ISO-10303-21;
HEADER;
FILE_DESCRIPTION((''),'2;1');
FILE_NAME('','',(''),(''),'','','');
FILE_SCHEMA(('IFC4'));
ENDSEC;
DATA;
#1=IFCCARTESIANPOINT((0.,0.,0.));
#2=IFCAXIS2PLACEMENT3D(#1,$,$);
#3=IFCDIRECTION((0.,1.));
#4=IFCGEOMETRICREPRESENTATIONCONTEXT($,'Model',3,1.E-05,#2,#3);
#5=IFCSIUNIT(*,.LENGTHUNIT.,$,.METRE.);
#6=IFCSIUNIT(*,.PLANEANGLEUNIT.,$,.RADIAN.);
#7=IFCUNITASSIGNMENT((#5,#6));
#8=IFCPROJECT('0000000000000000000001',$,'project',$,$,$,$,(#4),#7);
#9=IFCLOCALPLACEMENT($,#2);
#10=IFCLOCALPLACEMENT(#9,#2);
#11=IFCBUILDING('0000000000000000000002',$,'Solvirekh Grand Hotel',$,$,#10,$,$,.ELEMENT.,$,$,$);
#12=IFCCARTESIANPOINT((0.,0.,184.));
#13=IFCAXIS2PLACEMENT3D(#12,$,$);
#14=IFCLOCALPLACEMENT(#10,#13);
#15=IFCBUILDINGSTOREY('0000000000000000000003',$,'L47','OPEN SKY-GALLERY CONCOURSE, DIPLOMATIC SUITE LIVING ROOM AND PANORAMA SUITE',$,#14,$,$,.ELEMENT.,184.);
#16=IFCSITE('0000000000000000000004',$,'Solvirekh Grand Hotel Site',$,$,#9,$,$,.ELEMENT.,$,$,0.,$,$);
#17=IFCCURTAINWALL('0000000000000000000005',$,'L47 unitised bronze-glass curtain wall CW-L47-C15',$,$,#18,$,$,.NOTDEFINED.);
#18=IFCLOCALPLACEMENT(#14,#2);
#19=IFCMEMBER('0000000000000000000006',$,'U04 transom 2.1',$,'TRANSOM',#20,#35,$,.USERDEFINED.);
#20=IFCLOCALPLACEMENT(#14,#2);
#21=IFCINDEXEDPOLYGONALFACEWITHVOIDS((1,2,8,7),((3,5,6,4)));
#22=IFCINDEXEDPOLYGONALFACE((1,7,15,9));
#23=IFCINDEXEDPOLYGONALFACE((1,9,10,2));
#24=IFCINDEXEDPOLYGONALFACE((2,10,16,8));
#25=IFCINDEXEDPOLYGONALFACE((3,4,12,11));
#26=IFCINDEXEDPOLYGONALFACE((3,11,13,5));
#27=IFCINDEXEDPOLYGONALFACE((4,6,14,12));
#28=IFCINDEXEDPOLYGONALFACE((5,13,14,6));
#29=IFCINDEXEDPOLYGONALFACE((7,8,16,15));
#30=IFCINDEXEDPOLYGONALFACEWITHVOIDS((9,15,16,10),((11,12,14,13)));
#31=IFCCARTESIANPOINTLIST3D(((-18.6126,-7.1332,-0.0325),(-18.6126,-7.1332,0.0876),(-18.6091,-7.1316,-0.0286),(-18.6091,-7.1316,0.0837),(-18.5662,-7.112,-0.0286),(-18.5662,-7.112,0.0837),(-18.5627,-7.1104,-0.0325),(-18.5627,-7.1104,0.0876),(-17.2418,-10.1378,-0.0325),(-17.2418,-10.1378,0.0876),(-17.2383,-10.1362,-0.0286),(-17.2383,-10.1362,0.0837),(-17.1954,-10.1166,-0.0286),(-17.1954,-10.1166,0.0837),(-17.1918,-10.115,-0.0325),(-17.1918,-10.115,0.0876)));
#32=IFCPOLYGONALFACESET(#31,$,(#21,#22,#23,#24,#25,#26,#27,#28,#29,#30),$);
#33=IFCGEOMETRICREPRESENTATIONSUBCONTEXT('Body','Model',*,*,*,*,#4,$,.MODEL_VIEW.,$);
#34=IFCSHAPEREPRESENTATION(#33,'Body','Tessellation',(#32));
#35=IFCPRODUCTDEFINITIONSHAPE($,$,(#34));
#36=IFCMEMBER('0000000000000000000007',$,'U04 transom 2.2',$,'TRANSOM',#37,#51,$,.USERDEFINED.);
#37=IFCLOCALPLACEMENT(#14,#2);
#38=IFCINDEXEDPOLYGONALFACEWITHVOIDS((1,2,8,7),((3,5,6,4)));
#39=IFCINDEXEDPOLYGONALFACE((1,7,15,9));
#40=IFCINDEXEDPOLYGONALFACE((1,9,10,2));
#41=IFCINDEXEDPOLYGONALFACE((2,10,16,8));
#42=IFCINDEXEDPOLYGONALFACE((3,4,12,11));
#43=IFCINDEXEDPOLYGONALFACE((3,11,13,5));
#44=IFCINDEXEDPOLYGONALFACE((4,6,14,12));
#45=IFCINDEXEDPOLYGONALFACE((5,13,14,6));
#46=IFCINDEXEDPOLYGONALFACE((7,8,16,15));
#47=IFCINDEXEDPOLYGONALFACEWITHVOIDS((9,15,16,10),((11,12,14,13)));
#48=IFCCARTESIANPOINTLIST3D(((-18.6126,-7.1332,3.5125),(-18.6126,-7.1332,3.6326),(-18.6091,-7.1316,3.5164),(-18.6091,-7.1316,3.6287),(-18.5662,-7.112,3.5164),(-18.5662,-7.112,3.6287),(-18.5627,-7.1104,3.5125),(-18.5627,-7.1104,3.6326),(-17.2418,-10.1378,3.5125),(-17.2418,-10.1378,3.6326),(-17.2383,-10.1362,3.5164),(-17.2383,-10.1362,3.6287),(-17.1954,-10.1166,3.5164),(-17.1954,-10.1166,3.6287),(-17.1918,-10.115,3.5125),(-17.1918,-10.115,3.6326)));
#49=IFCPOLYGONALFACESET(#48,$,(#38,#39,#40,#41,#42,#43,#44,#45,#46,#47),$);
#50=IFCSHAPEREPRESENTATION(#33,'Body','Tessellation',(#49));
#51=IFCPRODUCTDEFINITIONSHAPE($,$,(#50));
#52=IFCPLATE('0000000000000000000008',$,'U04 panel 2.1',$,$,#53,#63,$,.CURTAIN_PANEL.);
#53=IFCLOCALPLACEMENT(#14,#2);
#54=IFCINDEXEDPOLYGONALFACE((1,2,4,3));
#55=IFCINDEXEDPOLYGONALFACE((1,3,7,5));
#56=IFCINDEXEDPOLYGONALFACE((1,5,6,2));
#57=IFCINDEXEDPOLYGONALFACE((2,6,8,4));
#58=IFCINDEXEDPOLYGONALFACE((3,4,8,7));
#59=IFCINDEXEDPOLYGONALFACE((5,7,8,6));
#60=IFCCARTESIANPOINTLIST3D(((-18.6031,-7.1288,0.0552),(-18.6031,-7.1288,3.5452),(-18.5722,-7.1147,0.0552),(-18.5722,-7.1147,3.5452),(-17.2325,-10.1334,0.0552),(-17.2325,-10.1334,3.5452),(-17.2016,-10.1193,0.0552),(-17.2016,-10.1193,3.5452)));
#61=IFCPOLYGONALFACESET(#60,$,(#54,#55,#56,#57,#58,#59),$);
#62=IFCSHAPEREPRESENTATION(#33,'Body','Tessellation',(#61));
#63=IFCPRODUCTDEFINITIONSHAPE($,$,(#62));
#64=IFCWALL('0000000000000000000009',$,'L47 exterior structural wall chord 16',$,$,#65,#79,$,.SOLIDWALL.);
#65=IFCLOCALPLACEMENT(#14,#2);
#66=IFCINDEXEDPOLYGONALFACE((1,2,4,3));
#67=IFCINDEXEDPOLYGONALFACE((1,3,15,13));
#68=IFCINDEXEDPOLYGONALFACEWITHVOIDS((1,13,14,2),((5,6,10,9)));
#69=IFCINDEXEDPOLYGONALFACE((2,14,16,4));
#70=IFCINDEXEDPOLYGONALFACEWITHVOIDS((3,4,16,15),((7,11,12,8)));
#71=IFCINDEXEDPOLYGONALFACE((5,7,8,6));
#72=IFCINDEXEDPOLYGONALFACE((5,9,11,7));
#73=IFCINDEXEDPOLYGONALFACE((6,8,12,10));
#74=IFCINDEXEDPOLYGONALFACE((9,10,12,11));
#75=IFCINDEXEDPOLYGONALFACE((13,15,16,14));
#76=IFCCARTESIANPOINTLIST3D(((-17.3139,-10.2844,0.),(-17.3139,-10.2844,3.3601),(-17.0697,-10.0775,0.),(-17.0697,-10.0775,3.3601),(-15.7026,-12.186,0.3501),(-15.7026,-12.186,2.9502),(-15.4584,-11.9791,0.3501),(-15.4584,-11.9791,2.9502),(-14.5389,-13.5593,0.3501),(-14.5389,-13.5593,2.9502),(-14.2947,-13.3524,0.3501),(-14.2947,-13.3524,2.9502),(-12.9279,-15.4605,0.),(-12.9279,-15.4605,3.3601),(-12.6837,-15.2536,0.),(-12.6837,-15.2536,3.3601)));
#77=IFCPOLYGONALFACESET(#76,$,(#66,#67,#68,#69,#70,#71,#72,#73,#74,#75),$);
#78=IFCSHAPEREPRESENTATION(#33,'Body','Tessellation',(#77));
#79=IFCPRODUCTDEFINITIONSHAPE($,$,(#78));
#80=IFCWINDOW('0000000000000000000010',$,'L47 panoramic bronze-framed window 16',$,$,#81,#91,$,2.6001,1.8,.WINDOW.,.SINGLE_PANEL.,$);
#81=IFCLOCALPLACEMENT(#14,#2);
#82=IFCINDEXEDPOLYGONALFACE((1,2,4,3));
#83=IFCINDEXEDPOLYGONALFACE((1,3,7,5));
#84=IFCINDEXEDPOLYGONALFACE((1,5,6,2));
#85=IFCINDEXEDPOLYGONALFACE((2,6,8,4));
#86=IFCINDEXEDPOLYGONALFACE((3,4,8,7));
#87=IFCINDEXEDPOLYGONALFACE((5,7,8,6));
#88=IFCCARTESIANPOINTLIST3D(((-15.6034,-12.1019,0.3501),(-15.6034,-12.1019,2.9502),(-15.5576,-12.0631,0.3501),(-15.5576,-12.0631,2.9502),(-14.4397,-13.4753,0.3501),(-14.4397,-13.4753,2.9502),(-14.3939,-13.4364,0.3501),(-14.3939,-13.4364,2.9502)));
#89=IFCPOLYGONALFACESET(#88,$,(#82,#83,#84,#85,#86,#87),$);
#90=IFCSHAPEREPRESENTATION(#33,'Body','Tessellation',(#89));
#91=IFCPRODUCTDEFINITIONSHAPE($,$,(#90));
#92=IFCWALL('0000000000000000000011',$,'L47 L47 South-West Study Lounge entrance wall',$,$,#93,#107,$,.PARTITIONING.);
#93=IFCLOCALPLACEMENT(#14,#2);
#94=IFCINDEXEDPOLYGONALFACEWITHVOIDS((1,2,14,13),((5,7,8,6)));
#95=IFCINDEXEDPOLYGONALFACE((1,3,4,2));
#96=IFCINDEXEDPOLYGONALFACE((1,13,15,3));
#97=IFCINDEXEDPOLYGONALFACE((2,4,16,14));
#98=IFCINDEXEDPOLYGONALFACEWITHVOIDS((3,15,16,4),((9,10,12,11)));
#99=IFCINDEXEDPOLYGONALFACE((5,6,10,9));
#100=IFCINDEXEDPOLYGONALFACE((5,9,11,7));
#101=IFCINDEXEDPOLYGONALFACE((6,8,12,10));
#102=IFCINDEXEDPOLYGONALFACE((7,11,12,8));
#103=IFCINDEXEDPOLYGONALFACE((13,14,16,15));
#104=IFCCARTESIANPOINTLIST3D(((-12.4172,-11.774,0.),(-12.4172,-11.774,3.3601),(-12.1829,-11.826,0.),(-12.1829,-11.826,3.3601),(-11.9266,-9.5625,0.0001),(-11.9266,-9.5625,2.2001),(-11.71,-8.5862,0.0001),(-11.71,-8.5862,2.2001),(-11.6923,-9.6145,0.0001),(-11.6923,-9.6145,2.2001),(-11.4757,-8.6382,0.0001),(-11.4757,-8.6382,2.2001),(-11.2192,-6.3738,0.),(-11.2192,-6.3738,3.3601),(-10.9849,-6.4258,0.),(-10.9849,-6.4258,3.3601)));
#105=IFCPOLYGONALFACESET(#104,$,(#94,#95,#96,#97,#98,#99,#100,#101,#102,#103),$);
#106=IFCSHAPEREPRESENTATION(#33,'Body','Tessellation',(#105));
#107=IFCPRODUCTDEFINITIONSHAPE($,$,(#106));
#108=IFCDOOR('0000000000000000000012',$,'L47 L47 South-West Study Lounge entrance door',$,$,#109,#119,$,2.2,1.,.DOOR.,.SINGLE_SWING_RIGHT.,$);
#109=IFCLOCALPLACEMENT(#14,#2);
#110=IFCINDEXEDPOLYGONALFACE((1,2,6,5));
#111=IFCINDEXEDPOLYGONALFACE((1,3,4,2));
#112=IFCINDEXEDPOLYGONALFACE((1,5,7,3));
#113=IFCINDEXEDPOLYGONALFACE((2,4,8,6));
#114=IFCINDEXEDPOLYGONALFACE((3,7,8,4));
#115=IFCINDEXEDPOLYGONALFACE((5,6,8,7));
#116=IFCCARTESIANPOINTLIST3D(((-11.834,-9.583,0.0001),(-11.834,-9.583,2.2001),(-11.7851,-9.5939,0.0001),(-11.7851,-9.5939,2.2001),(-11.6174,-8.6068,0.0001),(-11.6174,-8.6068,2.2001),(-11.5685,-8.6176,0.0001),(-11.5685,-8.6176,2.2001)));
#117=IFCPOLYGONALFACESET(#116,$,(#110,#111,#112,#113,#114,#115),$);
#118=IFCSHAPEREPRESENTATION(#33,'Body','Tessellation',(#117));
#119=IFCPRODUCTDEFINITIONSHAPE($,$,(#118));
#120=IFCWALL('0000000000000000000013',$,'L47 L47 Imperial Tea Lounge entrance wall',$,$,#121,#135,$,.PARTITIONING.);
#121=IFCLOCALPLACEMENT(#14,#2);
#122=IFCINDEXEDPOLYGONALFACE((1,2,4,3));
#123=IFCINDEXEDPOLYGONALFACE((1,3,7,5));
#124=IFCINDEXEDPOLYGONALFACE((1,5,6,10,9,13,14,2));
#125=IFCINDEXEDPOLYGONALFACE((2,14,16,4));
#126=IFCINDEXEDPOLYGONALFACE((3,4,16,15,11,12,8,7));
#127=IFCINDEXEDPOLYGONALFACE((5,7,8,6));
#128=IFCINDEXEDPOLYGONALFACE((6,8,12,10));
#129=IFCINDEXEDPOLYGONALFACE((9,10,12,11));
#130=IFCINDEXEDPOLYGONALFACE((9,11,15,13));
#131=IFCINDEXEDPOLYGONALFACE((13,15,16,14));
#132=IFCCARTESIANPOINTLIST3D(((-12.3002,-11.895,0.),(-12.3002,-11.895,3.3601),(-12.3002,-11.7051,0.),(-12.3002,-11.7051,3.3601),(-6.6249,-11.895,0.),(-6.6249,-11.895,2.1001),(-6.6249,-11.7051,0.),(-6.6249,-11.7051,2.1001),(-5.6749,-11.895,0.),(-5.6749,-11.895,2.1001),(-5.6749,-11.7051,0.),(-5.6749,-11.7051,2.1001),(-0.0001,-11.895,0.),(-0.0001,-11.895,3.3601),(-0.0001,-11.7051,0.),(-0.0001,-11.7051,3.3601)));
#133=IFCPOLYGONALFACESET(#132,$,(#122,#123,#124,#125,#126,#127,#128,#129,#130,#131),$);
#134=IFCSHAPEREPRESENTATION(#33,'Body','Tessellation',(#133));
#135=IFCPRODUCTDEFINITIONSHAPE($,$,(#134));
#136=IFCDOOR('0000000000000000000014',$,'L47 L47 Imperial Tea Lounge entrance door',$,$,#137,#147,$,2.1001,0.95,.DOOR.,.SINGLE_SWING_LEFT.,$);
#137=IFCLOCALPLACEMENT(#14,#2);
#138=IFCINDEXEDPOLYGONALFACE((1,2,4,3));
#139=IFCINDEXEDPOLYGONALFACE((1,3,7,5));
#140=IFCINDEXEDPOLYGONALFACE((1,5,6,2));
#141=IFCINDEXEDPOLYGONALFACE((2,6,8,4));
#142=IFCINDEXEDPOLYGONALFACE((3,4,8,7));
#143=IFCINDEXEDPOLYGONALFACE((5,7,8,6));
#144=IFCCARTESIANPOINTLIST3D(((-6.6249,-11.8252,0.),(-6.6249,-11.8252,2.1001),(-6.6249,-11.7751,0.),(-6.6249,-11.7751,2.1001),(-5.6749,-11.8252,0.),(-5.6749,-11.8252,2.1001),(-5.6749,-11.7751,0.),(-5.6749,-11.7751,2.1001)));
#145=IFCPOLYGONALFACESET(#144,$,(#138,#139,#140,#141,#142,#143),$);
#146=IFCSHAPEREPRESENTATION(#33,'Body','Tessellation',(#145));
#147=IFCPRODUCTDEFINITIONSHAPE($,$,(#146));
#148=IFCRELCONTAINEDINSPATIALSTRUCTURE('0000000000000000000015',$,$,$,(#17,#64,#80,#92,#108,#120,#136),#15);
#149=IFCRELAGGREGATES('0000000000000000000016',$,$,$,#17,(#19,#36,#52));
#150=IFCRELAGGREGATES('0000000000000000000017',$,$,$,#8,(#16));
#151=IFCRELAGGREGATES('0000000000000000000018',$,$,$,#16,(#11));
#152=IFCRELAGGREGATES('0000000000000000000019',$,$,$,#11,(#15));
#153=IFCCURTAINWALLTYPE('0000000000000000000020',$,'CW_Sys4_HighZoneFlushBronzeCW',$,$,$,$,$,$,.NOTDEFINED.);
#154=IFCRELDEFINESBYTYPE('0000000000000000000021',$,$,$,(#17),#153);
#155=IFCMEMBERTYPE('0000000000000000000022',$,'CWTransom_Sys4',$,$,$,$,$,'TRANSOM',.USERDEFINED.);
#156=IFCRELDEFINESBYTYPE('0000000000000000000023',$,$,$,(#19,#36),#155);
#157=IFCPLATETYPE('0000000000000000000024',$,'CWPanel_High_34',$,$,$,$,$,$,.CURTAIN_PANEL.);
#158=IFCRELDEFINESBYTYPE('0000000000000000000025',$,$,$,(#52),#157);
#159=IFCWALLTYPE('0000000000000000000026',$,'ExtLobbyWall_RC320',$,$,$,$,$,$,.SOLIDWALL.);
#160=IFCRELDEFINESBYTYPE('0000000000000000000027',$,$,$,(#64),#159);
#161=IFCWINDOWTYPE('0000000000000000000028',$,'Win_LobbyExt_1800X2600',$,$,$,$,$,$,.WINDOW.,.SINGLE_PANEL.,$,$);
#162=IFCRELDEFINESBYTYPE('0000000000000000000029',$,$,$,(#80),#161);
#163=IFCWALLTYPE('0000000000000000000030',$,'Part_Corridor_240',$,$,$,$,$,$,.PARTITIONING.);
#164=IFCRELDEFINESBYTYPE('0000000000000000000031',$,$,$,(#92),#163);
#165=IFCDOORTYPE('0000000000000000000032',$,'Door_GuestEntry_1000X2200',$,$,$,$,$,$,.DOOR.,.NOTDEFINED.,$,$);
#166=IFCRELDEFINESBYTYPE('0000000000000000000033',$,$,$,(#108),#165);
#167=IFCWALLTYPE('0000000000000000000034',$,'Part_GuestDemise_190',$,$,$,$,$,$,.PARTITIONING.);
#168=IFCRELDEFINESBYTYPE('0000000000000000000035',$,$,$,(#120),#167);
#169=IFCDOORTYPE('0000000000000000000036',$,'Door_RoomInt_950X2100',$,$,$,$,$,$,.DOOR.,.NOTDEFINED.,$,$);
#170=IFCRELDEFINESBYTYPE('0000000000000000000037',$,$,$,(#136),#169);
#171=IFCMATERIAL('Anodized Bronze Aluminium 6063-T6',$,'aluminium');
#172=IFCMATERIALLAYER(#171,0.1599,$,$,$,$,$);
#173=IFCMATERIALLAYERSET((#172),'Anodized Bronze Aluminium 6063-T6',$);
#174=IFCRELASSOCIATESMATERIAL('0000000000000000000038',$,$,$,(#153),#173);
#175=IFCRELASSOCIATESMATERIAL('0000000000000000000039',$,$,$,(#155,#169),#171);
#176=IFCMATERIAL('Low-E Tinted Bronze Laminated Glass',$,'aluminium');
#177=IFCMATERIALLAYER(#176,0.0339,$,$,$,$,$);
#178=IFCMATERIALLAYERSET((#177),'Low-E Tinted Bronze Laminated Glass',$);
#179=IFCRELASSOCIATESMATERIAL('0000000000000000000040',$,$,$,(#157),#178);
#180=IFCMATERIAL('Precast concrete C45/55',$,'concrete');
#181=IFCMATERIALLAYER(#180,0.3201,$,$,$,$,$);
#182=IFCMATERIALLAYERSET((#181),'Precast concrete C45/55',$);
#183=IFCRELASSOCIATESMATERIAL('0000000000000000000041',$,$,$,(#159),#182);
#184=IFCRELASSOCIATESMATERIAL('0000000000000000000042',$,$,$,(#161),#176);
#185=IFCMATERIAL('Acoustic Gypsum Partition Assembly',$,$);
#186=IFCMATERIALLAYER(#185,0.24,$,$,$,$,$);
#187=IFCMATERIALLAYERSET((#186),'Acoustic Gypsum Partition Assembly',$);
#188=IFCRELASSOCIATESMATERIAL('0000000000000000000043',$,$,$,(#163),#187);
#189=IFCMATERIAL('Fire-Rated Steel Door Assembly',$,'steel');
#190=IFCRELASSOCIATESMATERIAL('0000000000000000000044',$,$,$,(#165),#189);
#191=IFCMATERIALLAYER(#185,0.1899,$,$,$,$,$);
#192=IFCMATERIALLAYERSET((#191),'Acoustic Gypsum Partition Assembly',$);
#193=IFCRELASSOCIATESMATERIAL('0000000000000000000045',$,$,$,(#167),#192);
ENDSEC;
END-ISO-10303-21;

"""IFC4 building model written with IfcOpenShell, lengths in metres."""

from ifc_helpers import new_model, si_unit, direction, frame, frame_2d, origin, origin_2d, place, context, subcontext, project, spatial, rectangle, hollow_rectangle, extrude, source, transform, mapped, material, layer, layer_set, material_profile, profile_set, type_object, element, fill, aggregate, save


model = new_model("IFC4")

# Units and contexts
model_context = context("Model", 3, precision=1e-05, world=origin(), true_north=direction((0.0, 1.0)))
body_context = subcontext(model_context, "Body", "Model", "MODEL_VIEW")
ifc_project = project(units=[si_unit("LENGTHUNIT", "METRE"), si_unit("PLANEANGLEUNIT", "RADIAN")], contexts=[model_context])

# Site, building, storey
site_placement = place(None, origin())
site = spatial("IfcSite", under=ifc_project, at=site_placement, Name="Solvirekh Grand Hotel Site", CompositionType="ELEMENT", RefElevation=0.0)
building_placement = place(site_placement, origin())
building = spatial("IfcBuilding", under=site, at=building_placement, Name="Solvirekh Grand Hotel", CompositionType="ELEMENT")
storey_placement = place(building_placement, frame((0.0, 0.0, 184.0)))
storey = spatial("IfcBuildingStorey", under=building, at=storey_placement, Name="L47", Description="OPEN SKY-GALLERY CONCOURSE, DIPLOMATIC SUITE LIVING ROOM AND PANORAMA SUITE", CompositionType="ELEMENT", Elevation=184.0)

# Curtain wall, members, plate
ifc_material_1 = material(Name="Anodized Bronze Aluminium 6063-T6", Category="aluminium")
ifc_layer_1 = layer(ifc_material_1, 0.1599)
ifc_layer_set_1 = layer_set([ifc_layer_1], Name="Anodized Bronze Aluminium 6063-T6")
curtain_wall_type = type_object("IfcCurtainWallType", Name="CW_Sys4_HighZoneFlushBronzeCW", PredefinedType="NOTDEFINED", material=ifc_layer_set_1)
curtain_wall_placement = place(storey_placement, origin())
curtain_wall = element("IfcCurtainWall", 1, at=curtain_wall_placement, inside=storey, type_object=curtain_wall_type, Name="L47 unitised bronze-glass curtain wall CW-L47-C15", PredefinedType="NOTDEFINED")
ifc_material_profile_1 = material_profile(ifc_material_1, hollow_rectangle(XDim=0.0549, YDim=0.1201, WallThickness=0.0039, at=origin_2d()), Name="ALU RHS 120X55X4")
ifc_profile_set_1 = profile_set([ifc_material_profile_1], Name="Anodized Bronze Aluminium 6063-T6")
member_type_1 = type_object("IfcMemberType", Name="CWTransom_Sys4", ElementType="TRANSOM", PredefinedType="USERDEFINED", material=ifc_profile_set_1)
shared_shape_1 = source(origin(), body_context, "Body", "SweptSolid", [
    extrude(hollow_rectangle(XDim=0.0549, YDim=0.1201, WallThickness=0.0039, at=origin_2d()), origin(), (0.0, 0.0, 1.0), 3.3025),
])
member_1_placement = place(storey_placement, frame((-18.5876, -7.1218, 0.0276), z_axis=(0.415084, -0.909783, 0.0), x_axis=(0.909783, 0.415084, 0.0)))
member_1 = element("IfcMember", 2, at=member_1_placement, type_object=member_type_1, Name="U04 transom 2.1", ObjectType="TRANSOM", PredefinedType="USERDEFINED", context=body_context, shape_type="MappedRepresentation", body=[
    mapped(shared_shape_1, transform((0.0, 0.0, 0.0), x_axis=(1.0, 0.0, 0.0), y_axis=(0.0, 1.0, 0.0), z_axis=(0.0, 0.0, 1.0), scale=1.0)),
])
member_2_placement = place(storey_placement, frame((-18.5876, -7.1218, 3.5725), z_axis=(0.415084, -0.909783, 0.0), x_axis=(0.909783, 0.415084, 0.0)))
member_2 = element("IfcMember", 3, at=member_2_placement, type_object=member_type_1, Name="U04 transom 2.2", ObjectType="TRANSOM", PredefinedType="USERDEFINED", context=body_context, shape_type="MappedRepresentation", body=[
    mapped(shared_shape_1, transform((0.0, 0.0, 0.0), x_axis=(1.0, 0.0, 0.0), y_axis=(0.0, 1.0, 0.0), z_axis=(0.0, 0.0, 1.0), scale=1.0)),
])
ifc_material_2 = material(Name="Low-E Tinted Bronze Laminated Glass", Category="aluminium")
ifc_layer_2 = layer(ifc_material_2, 0.0339)
ifc_layer_set_2 = layer_set([ifc_layer_2], Name="Low-E Tinted Bronze Laminated Glass")
plate_type = type_object("IfcPlateType", Name="CWPanel_High_34", PredefinedType="CURTAIN_PANEL", material=ifc_layer_set_2)
shared_shape_2 = source(origin(), body_context, "Body", "SweptSolid", [
    extrude(rectangle(XDim=3.3025, YDim=0.0339, at=origin_2d()), origin(), (0.0, 0.0, 1.0), 3.49),
])
plate_placement = place(storey_placement, frame((-17.9023, -8.624, 0.0552), z_axis=(0.0, 0.0, 1.0), x_axis=(0.415035, -0.909805, 0.0)))
plate = element("IfcPlate", 4, at=plate_placement, type_object=plate_type, Name="U04 panel 2.1", PredefinedType="CURTAIN_PANEL", context=body_context, shape_type="MappedRepresentation", body=[
    mapped(shared_shape_2, transform((0.0, 0.0, 0.0), x_axis=(1.0, 0.0, 0.0), y_axis=(0.0, 1.0, 0.0), z_axis=(0.0, 0.0, 1.0), scale=1.0)),
])
aggregate(curtain_wall, [member_1, member_2, plate])

# Wall, opening, window
ifc_material_3 = material(Name="Precast concrete C45/55", Category="concrete")
ifc_layer_3 = layer(ifc_material_3, 0.3201)
ifc_layer_set_3 = layer_set([ifc_layer_3], Name="Precast concrete C45/55")
wall_type_1 = type_object("IfcWallType", Name="ExtLobbyWall_RC320", PredefinedType="SOLIDWALL", material=ifc_layer_set_3)
wall_1_placement = place(storey_placement, frame((-12.8059, -15.3569, 0.0), z_axis=(0.0, 0.0, 1.0), x_axis=(-0.646481, 0.76293, 0.0)))
wall_1 = element("IfcWall", 5, at=wall_1_placement, inside=storey, type_object=wall_type_1, Name="L47 exterior structural wall chord 16", PredefinedType="SOLIDWALL", context=body_context, shape_type="SweptSolid", body=[
    extrude(rectangle(XDim=6.7844, YDim=0.3201, at=frame_2d((3.3921, 0.0))), origin(), (0.0, 0.0, 1.0), 3.3601),
])
opening_1_placement = place(wall_1_placement, frame((2.4919, 0.0, 0.3501)))
opening_1 = element("IfcOpeningElement", 6, at=opening_1_placement, cuts=wall_1, PredefinedType="OPENING", context=body_context, shape_type="SweptSolid", body=[
    extrude(rectangle(XDim=1.8, YDim=2.6001, at=frame_2d((0.8999, 1.3))), frame((0.0, 0.1699, 0.0), z_axis=(0.0, -1.0, 0.0), x_axis=(1.0, 0.0, 0.0)), (0.0, 0.0, 1.0), 0.3401),
])
window_type = type_object("IfcWindowType", Name="Win_LobbyExt_1800X2600", PartitioningType="SINGLE_PANEL", PredefinedType="WINDOW", material=ifc_material_2)
window_placement = place(opening_1_placement, origin())
window = element("IfcWindow", 7, at=window_placement, inside=storey, type_object=window_type, Name="L47 panoramic bronze-framed window 16", OverallHeight=2.6001, OverallWidth=1.8, PartitioningType="SINGLE_PANEL", PredefinedType="WINDOW", context=body_context, shape_type="SweptSolid", body=[
    extrude(rectangle(XDim=1.8, YDim=2.6001, at=frame_2d((0.8999, 1.3))), frame((0.0, 0.03, 0.0), z_axis=(0.0, -1.0, 0.0), x_axis=(1.0, 0.0, 0.0)), (0.0, 0.0, 1.0), 0.0601),
])
fill(opening_1, window)

# Walls, openings, doors
ifc_material_4 = material(Name="Acoustic Gypsum Partition Assembly")
ifc_layer_4 = layer(ifc_material_4, 0.24)
ifc_layer_set_4 = layer_set([ifc_layer_4], Name="Acoustic Gypsum Partition Assembly")
wall_type_2 = type_object("IfcWallType", Name="Part_Corridor_240", PredefinedType="PARTITIONING", material=ifc_layer_set_4)
wall_2_placement = place(storey_placement, frame((-11.1021, -6.3999, 0.0), z_axis=(0.0, 0.0, 1.0), x_axis=(-0.21658, -0.976265, 0.0)))
wall_2 = element("IfcWall", 8, at=wall_2_placement, inside=storey, type_object=wall_type_2, Name="L47 L47 South-West Study Lounge entrance wall", PredefinedType="PARTITIONING", context=body_context, shape_type="SweptSolid", body=[
    extrude(rectangle(XDim=5.5315, YDim=0.24, at=frame_2d((2.7656, 0.0))), origin(), (0.0, 0.0, 1.0), 3.3601),
])
opening_2_placement = place(wall_2_placement, frame((2.2661, 0.0, 0.0)))
opening_2 = element("IfcOpeningElement", 9, at=opening_2_placement, cuts=wall_2, PredefinedType="OPENING", context=body_context, shape_type="SweptSolid", body=[
    extrude(rectangle(XDim=1.0, YDim=2.2, at=frame_2d((0.5, 1.1001))), frame((0.0, 0.1299, 0.0), z_axis=(0.0, -1.0, 0.0), x_axis=(1.0, 0.0, 0.0)), (0.0, 0.0, 1.0), 0.26),
])
ifc_material_5 = material(Name="Fire-Rated Steel Door Assembly", Category="steel")
door_type_1 = type_object("IfcDoorType", Name="Door_GuestEntry_1000X2200", OperationType="NOTDEFINED", PredefinedType="DOOR", material=ifc_material_5)
door_1_placement = place(opening_2_placement, origin())
door_1 = element("IfcDoor", 10, at=door_1_placement, inside=storey, type_object=door_type_1, Name="L47 L47 South-West Study Lounge entrance door", OperationType="SINGLE_SWING_RIGHT", OverallHeight=2.2, OverallWidth=1.0, PredefinedType="DOOR", context=body_context, shape_type="SweptSolid", body=[
    extrude(rectangle(XDim=1.0, YDim=2.2, at=frame_2d((0.5, 1.1001))), frame((0.0, 0.0249, 0.0), z_axis=(0.0, -1.0, 0.0), x_axis=(1.0, 0.0, 0.0)), (0.0, 0.0, 1.0), 0.05),
])
fill(opening_2, door_1)
ifc_layer_5 = layer(ifc_material_4, 0.1899)
ifc_layer_set_5 = layer_set([ifc_layer_5], Name="Acoustic Gypsum Partition Assembly")
wall_type_3 = type_object("IfcWallType", Name="Part_GuestDemise_190", PredefinedType="PARTITIONING", material=ifc_layer_set_5)
wall_3_placement = place(storey_placement, frame((-12.3, -11.8, 0.0), z_axis=(0.0, 0.0, 1.0), x_axis=(1.0, 0.0, 0.0)))
wall_3 = element("IfcWall", 11, at=wall_3_placement, inside=storey, type_object=wall_type_3, Name="L47 L47 Imperial Tea Lounge entrance wall", PredefinedType="PARTITIONING", context=body_context, shape_type="SweptSolid", body=[
    extrude(rectangle(XDim=12.3, YDim=0.1899, at=frame_2d((6.1499, 0.0))), origin(), (0.0, 0.0, 1.0), 3.3601),
])
opening_3_placement = place(wall_3_placement, frame((5.675, 0.0, 0.0)))
opening_3 = element("IfcOpeningElement", 12, at=opening_3_placement, cuts=wall_3, PredefinedType="OPENING", context=body_context, shape_type="SweptSolid", body=[
    extrude(rectangle(XDim=0.95, YDim=2.1001, at=frame_2d((0.4751, 1.05))), frame((0.0, 0.105, 0.0), z_axis=(0.0, -1.0, 0.0), x_axis=(1.0, 0.0, 0.0)), (0.0, 0.0, 1.0), 0.21),
])
door_type_2 = type_object("IfcDoorType", Name="Door_RoomInt_950X2100", OperationType="NOTDEFINED", PredefinedType="DOOR", material=ifc_material_1)
door_2_placement = place(opening_3_placement, origin())
door_2 = element("IfcDoor", 13, at=door_2_placement, inside=storey, type_object=door_type_2, Name="L47 L47 Imperial Tea Lounge entrance door", OperationType="SINGLE_SWING_LEFT", OverallHeight=2.1001, OverallWidth=0.95, PredefinedType="DOOR", context=body_context, shape_type="SweptSolid", body=[
    extrude(rectangle(XDim=0.95, YDim=2.1001, at=frame_2d((0.4751, 1.05))), frame((0.0, 0.0249, 0.0), z_axis=(0.0, -1.0, 0.0), x_axis=(1.0, 0.0, 0.0)), (0.0, 0.0, 1.0), 0.05),
])
fill(opening_3, door_2)

save(model, "model.ifc")
